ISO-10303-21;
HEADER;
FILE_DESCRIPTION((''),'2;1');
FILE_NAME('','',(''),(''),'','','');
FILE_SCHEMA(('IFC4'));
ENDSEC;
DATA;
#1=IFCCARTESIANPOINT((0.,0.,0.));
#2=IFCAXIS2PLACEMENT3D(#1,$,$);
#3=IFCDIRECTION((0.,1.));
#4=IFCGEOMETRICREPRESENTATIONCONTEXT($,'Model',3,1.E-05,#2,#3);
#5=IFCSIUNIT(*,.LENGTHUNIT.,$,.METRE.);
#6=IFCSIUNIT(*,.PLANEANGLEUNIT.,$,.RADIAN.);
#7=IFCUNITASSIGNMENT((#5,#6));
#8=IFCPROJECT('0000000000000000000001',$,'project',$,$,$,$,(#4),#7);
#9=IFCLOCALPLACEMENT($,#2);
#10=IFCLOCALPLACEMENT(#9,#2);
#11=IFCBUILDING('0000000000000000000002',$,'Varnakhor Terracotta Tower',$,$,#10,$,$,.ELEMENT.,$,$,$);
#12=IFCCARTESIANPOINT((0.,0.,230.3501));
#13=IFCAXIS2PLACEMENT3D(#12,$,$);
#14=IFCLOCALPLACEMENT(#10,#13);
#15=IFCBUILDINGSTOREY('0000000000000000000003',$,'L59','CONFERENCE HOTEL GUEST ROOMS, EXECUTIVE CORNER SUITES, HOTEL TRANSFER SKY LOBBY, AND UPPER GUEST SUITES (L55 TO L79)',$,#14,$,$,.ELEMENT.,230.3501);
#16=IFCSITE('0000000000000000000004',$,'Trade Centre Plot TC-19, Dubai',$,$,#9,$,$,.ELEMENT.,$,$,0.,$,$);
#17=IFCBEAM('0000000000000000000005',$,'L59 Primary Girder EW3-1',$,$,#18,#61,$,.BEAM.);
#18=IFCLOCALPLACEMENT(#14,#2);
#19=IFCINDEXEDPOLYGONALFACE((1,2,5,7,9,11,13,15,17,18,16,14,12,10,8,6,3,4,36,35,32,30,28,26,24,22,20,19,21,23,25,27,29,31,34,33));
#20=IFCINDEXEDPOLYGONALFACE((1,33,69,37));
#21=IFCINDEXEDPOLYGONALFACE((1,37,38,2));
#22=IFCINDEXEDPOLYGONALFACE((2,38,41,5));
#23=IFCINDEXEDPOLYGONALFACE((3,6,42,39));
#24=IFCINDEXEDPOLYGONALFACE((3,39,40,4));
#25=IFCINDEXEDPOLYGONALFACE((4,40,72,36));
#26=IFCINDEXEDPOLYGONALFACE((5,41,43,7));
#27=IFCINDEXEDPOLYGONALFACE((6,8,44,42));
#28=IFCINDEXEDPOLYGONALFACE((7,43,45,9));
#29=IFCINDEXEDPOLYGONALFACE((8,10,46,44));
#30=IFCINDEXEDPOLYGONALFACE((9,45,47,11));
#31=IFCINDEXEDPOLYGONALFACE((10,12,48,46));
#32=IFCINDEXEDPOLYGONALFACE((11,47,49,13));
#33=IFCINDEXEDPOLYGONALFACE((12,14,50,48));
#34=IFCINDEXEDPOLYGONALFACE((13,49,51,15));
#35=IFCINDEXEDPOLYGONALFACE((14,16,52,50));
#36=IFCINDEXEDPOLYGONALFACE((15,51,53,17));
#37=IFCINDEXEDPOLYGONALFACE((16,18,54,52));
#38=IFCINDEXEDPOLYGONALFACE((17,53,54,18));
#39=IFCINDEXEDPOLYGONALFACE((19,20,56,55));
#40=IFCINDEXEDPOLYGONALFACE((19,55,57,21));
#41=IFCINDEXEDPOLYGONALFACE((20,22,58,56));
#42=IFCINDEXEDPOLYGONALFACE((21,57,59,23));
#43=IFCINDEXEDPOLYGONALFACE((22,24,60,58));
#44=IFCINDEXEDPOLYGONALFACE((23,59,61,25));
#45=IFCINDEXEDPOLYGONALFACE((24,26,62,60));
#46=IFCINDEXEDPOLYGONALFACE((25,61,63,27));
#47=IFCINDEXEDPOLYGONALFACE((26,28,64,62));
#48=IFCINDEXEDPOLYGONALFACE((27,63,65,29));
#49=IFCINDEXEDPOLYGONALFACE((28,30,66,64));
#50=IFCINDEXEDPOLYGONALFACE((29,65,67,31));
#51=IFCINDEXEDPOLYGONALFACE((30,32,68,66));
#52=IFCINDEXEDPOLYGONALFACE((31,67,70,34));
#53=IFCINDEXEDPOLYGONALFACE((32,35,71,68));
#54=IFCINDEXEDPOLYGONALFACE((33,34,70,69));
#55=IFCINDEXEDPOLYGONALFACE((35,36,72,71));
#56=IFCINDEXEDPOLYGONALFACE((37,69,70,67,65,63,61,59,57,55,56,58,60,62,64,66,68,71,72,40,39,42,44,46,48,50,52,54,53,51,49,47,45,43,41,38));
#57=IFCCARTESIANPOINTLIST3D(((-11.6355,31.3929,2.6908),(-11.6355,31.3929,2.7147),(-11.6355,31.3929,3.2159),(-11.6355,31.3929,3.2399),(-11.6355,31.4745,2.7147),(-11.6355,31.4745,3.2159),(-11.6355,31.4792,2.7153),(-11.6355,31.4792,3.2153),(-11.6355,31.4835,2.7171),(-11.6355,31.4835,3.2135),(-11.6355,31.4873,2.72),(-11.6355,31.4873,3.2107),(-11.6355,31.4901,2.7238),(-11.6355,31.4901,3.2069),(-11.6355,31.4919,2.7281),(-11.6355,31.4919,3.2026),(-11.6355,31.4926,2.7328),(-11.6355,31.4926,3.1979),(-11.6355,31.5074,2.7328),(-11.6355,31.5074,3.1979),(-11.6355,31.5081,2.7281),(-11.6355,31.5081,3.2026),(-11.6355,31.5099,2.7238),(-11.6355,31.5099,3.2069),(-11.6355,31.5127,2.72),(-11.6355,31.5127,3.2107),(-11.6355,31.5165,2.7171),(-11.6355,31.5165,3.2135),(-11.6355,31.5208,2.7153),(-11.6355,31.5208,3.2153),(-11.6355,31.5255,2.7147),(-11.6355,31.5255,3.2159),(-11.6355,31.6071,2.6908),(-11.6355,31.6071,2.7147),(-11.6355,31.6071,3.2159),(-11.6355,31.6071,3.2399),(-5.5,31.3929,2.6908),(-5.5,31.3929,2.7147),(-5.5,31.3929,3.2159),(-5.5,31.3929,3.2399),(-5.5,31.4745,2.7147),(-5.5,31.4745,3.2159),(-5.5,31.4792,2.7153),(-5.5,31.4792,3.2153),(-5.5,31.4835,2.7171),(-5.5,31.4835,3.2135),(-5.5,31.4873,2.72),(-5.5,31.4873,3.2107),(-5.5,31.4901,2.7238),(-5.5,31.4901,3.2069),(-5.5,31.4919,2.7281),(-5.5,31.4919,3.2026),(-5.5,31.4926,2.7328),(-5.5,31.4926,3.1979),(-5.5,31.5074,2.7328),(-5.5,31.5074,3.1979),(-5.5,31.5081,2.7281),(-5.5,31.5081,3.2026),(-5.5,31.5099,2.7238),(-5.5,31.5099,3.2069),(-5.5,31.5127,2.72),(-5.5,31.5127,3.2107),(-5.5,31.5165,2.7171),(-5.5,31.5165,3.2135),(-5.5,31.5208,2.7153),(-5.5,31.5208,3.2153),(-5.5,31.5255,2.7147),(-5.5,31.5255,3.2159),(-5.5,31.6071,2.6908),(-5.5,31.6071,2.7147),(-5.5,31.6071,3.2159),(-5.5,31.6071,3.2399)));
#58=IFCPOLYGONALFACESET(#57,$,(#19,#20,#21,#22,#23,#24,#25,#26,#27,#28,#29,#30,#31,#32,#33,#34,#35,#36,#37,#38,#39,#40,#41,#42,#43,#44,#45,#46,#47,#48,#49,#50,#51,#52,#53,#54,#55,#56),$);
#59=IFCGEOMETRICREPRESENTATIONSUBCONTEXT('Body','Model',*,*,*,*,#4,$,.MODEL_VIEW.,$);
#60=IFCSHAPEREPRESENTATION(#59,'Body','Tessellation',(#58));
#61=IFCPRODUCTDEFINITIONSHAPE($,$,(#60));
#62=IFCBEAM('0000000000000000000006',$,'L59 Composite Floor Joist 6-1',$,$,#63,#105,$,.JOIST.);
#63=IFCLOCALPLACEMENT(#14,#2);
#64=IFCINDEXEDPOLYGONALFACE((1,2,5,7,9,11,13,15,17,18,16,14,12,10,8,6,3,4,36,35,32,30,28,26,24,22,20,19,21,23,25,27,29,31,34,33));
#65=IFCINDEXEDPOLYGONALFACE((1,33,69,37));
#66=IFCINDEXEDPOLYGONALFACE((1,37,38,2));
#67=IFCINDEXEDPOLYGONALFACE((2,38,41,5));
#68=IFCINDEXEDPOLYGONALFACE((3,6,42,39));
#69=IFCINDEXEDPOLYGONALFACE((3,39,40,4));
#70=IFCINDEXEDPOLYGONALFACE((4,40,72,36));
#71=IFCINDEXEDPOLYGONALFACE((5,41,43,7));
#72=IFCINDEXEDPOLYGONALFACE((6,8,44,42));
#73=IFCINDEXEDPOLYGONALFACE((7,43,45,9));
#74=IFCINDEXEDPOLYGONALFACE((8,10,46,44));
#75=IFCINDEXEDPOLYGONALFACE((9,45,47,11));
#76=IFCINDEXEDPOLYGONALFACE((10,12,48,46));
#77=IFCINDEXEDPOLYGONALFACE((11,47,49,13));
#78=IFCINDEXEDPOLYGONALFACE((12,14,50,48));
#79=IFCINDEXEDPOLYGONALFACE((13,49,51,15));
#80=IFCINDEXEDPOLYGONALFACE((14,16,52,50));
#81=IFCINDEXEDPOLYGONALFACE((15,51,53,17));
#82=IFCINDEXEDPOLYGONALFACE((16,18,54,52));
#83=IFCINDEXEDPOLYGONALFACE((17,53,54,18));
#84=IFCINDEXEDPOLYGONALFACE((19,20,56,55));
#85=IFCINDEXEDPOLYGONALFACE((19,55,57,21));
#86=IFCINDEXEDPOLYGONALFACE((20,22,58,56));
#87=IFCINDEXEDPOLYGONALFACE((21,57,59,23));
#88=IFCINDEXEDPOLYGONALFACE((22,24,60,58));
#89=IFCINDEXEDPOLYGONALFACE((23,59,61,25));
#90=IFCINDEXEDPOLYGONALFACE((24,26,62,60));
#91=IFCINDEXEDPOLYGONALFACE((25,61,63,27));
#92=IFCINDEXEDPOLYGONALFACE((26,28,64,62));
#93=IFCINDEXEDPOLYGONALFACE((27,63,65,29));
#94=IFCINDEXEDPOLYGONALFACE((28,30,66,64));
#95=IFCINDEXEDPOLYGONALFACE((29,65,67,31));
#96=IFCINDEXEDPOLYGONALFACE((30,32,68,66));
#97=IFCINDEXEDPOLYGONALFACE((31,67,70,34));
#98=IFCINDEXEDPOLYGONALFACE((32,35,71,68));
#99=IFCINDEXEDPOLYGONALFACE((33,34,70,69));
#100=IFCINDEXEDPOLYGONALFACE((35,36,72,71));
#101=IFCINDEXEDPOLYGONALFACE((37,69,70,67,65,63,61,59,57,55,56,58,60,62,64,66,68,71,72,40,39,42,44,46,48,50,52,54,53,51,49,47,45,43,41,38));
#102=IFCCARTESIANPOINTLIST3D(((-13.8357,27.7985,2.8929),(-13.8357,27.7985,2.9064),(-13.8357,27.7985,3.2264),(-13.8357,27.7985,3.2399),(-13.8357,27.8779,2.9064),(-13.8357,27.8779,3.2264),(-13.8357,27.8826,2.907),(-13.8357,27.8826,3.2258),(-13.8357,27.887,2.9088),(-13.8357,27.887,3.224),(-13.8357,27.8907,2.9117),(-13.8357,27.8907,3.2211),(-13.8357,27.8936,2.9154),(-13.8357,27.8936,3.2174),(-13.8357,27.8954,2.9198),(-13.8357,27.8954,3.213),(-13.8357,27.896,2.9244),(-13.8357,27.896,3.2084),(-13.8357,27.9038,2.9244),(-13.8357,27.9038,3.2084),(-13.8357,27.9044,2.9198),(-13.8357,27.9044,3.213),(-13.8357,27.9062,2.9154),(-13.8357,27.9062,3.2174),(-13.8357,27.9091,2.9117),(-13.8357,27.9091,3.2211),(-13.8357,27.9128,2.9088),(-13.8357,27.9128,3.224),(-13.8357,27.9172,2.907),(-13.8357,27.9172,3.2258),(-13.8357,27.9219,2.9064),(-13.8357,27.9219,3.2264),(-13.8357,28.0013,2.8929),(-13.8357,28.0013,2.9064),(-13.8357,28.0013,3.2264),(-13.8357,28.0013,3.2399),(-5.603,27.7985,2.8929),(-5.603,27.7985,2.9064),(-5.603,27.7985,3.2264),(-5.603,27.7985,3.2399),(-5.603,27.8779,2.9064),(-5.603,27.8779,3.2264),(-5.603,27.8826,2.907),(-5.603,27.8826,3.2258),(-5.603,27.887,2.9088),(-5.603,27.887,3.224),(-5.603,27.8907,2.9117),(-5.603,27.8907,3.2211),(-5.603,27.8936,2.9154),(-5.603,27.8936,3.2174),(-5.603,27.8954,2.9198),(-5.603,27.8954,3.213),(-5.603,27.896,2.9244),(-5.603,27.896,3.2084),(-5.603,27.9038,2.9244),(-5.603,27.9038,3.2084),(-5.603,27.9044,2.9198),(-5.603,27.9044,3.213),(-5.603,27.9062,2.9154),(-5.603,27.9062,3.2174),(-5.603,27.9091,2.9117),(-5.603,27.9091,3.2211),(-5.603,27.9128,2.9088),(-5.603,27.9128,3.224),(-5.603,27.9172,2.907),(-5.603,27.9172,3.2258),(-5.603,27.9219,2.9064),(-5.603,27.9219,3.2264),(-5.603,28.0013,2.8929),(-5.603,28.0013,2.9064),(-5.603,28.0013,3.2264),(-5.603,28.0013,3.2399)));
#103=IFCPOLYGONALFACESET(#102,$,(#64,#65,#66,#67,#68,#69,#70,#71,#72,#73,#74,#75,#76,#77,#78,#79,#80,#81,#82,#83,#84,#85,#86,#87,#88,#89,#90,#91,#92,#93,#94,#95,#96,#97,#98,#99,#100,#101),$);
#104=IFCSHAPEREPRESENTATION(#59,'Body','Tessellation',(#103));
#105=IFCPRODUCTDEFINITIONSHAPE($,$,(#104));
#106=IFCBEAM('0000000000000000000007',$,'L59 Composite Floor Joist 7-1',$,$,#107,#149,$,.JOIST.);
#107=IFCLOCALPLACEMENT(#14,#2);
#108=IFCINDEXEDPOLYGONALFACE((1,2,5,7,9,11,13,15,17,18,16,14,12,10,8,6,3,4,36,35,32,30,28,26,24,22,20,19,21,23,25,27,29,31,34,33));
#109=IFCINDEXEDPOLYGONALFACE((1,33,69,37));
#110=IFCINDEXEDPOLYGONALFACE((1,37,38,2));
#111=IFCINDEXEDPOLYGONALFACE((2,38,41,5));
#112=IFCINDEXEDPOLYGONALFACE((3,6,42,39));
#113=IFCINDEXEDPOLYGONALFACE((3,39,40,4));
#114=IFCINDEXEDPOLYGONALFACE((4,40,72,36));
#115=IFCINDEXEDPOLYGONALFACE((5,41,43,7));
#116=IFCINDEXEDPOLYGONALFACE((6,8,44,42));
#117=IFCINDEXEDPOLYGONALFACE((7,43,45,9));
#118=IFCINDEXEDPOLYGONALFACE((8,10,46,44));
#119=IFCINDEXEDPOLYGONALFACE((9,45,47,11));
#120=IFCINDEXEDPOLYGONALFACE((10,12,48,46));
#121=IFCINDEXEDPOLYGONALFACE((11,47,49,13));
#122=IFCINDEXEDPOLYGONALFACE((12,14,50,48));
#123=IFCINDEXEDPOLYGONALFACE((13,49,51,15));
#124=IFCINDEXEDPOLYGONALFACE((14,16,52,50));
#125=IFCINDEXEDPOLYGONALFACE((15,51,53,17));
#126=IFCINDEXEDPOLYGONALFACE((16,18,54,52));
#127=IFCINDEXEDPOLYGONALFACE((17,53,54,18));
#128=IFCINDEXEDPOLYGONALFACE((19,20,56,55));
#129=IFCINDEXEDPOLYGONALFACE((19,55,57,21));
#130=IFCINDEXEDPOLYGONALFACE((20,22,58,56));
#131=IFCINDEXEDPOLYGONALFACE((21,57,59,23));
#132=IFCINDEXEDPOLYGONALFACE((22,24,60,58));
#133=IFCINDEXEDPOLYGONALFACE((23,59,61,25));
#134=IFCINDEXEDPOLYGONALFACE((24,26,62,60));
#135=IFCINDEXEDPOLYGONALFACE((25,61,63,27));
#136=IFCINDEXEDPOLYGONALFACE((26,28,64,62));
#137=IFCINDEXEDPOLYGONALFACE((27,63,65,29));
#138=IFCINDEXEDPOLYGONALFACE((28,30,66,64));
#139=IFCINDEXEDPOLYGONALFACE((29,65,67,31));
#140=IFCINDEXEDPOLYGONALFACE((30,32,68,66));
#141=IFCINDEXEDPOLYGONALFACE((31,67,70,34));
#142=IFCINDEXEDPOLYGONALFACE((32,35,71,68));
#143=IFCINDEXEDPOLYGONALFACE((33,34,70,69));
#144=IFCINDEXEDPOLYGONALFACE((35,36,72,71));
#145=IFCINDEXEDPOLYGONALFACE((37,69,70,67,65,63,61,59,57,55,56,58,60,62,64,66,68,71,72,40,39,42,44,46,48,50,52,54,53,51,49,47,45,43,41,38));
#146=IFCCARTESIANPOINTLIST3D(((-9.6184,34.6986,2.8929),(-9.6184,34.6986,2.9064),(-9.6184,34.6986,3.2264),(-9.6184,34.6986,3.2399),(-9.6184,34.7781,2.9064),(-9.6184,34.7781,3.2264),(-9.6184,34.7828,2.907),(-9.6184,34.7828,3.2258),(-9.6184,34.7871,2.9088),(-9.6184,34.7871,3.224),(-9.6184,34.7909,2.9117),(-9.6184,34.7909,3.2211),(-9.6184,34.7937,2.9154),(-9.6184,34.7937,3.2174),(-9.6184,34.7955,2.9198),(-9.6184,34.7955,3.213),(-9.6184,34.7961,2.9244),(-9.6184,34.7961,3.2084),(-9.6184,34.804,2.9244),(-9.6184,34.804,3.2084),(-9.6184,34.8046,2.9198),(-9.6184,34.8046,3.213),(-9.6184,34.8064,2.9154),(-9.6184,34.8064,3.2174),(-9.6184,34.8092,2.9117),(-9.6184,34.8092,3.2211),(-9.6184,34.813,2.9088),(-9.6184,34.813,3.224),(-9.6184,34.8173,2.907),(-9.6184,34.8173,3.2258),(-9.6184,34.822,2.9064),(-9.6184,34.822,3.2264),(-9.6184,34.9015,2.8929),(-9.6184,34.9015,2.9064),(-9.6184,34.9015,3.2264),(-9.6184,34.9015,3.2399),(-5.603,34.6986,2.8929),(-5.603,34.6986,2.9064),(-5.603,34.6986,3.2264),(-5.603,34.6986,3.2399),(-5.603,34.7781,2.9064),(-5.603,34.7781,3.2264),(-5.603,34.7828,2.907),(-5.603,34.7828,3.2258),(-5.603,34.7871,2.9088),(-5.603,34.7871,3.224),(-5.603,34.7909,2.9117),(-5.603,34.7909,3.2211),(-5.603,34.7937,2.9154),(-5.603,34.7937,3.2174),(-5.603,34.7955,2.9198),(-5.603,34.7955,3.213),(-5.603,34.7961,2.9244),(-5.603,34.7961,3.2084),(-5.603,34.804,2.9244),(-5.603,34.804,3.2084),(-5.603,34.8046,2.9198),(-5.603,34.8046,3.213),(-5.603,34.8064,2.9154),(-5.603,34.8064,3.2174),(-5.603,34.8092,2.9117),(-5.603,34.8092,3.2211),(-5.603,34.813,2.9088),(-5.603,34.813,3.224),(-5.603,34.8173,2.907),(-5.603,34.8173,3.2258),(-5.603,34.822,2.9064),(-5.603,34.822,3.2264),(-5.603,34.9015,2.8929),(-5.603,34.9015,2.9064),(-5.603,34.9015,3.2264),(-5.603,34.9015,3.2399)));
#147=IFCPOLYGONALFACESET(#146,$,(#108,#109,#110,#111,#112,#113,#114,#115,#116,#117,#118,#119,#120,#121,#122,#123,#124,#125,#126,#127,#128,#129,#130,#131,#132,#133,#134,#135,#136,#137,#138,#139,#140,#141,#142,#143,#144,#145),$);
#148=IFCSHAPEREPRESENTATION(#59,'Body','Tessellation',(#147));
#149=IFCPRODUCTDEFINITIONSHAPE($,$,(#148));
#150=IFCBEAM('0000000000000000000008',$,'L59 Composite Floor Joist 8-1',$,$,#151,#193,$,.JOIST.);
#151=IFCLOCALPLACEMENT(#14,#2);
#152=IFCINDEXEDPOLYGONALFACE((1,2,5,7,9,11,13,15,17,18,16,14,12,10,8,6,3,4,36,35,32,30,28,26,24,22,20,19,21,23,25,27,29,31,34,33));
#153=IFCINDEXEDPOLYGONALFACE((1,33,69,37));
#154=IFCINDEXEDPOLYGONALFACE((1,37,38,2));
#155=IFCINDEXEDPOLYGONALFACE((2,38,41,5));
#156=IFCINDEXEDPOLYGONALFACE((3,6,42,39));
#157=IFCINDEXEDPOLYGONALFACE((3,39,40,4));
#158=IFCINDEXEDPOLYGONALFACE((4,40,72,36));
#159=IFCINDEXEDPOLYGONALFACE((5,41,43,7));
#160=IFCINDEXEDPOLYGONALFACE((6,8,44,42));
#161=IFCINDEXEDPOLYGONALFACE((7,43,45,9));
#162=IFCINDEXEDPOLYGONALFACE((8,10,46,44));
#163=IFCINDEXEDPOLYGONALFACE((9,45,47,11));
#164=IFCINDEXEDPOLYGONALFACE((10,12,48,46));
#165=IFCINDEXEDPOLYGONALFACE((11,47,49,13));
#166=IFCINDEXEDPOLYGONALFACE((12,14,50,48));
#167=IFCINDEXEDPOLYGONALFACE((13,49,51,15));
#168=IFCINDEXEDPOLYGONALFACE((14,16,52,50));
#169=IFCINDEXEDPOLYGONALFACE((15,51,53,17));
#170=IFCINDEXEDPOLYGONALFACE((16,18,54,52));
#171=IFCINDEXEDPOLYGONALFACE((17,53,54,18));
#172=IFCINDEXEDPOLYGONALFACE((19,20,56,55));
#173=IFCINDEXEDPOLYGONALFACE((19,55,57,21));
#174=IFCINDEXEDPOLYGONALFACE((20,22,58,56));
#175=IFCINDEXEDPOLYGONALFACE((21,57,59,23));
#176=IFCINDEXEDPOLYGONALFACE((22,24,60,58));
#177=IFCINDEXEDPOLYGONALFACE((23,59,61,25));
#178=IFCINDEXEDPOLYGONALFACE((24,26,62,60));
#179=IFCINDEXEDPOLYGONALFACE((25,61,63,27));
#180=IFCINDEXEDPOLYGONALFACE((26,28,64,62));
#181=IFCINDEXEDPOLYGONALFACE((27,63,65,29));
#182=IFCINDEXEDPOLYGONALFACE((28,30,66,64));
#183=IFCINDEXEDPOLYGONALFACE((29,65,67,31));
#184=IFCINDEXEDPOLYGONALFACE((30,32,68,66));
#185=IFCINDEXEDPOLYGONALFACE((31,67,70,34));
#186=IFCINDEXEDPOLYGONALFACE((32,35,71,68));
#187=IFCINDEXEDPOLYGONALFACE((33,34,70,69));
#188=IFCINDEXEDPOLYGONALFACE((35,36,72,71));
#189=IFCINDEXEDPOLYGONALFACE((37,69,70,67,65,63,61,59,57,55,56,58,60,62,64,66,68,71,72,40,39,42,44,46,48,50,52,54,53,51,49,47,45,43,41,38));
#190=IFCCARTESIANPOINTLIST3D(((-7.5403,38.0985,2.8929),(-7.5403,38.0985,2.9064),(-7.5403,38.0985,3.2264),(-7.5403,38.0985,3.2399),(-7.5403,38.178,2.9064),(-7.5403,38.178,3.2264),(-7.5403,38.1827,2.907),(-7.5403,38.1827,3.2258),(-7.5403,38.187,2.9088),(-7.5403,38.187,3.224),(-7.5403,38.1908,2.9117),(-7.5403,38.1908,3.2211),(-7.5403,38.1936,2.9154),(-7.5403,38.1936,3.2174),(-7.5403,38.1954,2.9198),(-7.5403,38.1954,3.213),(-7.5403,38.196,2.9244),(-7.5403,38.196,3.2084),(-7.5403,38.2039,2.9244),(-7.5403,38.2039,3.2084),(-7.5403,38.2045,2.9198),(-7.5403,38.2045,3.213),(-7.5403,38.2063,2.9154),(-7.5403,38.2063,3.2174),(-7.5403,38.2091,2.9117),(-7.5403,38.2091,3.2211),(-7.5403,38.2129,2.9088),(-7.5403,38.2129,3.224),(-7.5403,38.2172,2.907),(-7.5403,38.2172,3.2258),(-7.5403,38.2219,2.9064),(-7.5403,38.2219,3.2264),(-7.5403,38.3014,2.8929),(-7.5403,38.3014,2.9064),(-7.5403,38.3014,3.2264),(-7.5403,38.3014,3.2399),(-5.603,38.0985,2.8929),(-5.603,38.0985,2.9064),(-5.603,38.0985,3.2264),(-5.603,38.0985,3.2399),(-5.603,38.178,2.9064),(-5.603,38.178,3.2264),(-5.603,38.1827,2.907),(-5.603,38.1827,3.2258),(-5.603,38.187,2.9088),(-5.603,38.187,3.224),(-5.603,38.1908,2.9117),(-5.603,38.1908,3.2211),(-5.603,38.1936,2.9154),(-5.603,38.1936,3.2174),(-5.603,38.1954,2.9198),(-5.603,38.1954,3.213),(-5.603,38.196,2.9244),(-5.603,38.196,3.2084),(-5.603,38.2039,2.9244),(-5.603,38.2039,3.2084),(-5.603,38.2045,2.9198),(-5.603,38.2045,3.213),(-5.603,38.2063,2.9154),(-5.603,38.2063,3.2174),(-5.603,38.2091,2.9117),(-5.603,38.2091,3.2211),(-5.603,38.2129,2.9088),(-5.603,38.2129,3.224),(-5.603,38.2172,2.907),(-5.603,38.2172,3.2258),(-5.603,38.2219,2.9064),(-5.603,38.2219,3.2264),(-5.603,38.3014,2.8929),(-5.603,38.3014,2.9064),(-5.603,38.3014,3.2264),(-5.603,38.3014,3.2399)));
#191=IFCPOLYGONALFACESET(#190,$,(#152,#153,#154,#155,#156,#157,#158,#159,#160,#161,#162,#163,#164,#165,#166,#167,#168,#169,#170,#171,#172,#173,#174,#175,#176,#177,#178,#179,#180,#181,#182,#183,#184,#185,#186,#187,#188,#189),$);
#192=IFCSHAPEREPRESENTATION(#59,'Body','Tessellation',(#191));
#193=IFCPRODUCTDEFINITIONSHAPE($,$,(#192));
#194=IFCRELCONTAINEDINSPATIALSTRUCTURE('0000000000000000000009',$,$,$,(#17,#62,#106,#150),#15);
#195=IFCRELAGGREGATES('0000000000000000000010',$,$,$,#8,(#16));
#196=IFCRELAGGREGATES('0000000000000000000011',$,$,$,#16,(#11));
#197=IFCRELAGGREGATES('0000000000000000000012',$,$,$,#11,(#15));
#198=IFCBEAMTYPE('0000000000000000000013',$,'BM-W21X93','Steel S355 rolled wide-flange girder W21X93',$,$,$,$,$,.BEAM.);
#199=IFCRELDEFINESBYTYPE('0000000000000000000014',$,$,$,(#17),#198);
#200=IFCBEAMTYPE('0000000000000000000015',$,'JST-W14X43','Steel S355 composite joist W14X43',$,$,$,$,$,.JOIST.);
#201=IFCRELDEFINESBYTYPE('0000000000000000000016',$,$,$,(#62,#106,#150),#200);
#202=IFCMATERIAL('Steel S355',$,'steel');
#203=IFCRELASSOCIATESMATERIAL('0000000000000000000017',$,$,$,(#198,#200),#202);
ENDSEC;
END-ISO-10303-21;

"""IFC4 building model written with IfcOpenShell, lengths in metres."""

from ifc_helpers import new_model, si_unit, direction, frame, origin, origin_2d, place, context, subcontext, project, spatial, i_section, extrude, source, transform, mapped, material, material_profile, profile_set, type_object, element, save


model = new_model("IFC4")

# Units and contexts
model_context = context("Model", 3, precision=1e-05, world=origin(), true_north=direction((0.0, 1.0)))
body_context = subcontext(model_context, "Body", "Model", "MODEL_VIEW")
ifc_project = project(units=[si_unit("LENGTHUNIT", "METRE"), si_unit("PLANEANGLEUNIT", "RADIAN")], contexts=[model_context])

# Site, building, storey
site_placement = place(None, origin())
site = spatial("IfcSite", under=ifc_project, at=site_placement, Name="Trade Centre Plot TC-19, Dubai", CompositionType="ELEMENT", RefElevation=0.0)
building_placement = place(site_placement, origin())
building = spatial("IfcBuilding", under=site, at=building_placement, Name="Varnakhor Terracotta Tower", CompositionType="ELEMENT")
storey_placement = place(building_placement, frame((0.0, 0.0, 230.3501)))
storey = spatial("IfcBuildingStorey", under=building, at=storey_placement, Name="L59", Description="CONFERENCE HOTEL GUEST ROOMS, EXECUTIVE CORNER SUITES, HOTEL TRANSFER SKY LOBBY, AND UPPER GUEST SUITES (L55 TO L79)", CompositionType="ELEMENT", Elevation=230.3501)

# Beams
ifc_material_1 = material(Name="Steel S355", Category="steel")
ifc_material_profile_1 = material_profile(ifc_material_1, i_section(OverallWidth=0.2141, OverallDepth=0.5491, WebThickness=0.0149, FlangeThickness=0.0239, FilletRadius=0.0181, at=origin_2d()), Name="W21X93")
ifc_profile_set_1 = profile_set([ifc_material_profile_1], Name="Steel S355")
beam_type_1 = type_object("IfcBeamType", Name="BM-W21X93", Description="Steel S355 rolled wide-flange girder W21X93", PredefinedType="BEAM", material=ifc_profile_set_1)
ifc_material_profile_2 = material_profile(ifc_material_1, i_section(OverallWidth=0.2029, OverallDepth=0.3469, WebThickness=0.0078, FlangeThickness=0.0134, FilletRadius=0.0181, at=origin_2d()), Name="W14X43")
ifc_profile_set_2 = profile_set([ifc_material_profile_2], Name="Steel S355")
beam_type_2 = type_object("IfcBeamType", Name="JST-W14X43", Description="Steel S355 composite joist W14X43", PredefinedType="JOIST", material=ifc_profile_set_2)
shared_shape_1 = source(origin(), body_context, "Body", "SweptSolid", [
    extrude(i_section(OverallWidth=0.2141, OverallDepth=0.5491, WebThickness=0.0149, FlangeThickness=0.0239, FilletRadius=0.0181, at=origin_2d()), origin(), (0.0, 0.0, 1.0), 6.1355),
])
beam_1_placement = place(storey_placement, frame((-11.6355, 31.5, 2.9653), z_axis=(1.0, 0.0, 0.0), x_axis=(0.0, 1.0, 0.0)))
element("IfcBeam", 1, at=beam_1_placement, inside=storey, type_object=beam_type_1, Name="L59 Primary Girder EW3-1", PredefinedType="BEAM", context=body_context, shape_type="MappedRepresentation", body=[
    mapped(shared_shape_1, transform((0.0, 0.0, 0.0), scale=1.0)),
])
shared_shape_2 = source(origin(), body_context, "Body", "SweptSolid", [
    extrude(i_section(OverallWidth=0.2029, OverallDepth=0.3469, WebThickness=0.0078, FlangeThickness=0.0134, FilletRadius=0.0181, at=origin_2d()), origin(), (0.0, 0.0, 1.0), 8.2327),
])
beam_2_placement = place(storey_placement, frame((-13.8357, 27.8999, 3.0664), z_axis=(1.0, 0.0, 0.0), x_axis=(0.0, 1.0, 0.0)))
element("IfcBeam", 2, at=beam_2_placement, inside=storey, type_object=beam_type_2, Name="L59 Composite Floor Joist 6-1", PredefinedType="JOIST", context=body_context, shape_type="MappedRepresentation", body=[
    mapped(shared_shape_2, transform((0.0, 0.0, 0.0), scale=1.0)),
])
shared_shape_3 = source(origin(), body_context, "Body", "SweptSolid", [
    extrude(i_section(OverallWidth=0.2029, OverallDepth=0.3469, WebThickness=0.0078, FlangeThickness=0.0134, FilletRadius=0.0181, at=origin_2d()), origin(), (0.0, 0.0, 1.0), 4.0154),
])
beam_3_placement = place(storey_placement, frame((-9.6184, 34.8, 3.0664), z_axis=(1.0, 0.0, 0.0), x_axis=(0.0, 1.0, 0.0)))
element("IfcBeam", 3, at=beam_3_placement, inside=storey, type_object=beam_type_2, Name="L59 Composite Floor Joist 7-1", PredefinedType="JOIST", context=body_context, shape_type="MappedRepresentation", body=[
    mapped(shared_shape_3, transform((0.0, 0.0, 0.0), scale=1.0)),
])
shared_shape_4 = source(origin(), body_context, "Body", "SweptSolid", [
    extrude(i_section(OverallWidth=0.2029, OverallDepth=0.3469, WebThickness=0.0078, FlangeThickness=0.0134, FilletRadius=0.0181, at=origin_2d()), origin(), (0.0, 0.0, 1.0), 1.9373),
])
beam_4_placement = place(storey_placement, frame((-7.5403, 38.2, 3.0664), z_axis=(1.0, 0.0, 0.0), x_axis=(0.0, 1.0, 0.0)))
element("IfcBeam", 4, at=beam_4_placement, inside=storey, type_object=beam_type_2, Name="L59 Composite Floor Joist 8-1", PredefinedType="JOIST", context=body_context, shape_type="MappedRepresentation", body=[
    mapped(shared_shape_4, transform((0.0, 0.0, 0.0), scale=1.0)),
])

save(model, "model.ifc")
